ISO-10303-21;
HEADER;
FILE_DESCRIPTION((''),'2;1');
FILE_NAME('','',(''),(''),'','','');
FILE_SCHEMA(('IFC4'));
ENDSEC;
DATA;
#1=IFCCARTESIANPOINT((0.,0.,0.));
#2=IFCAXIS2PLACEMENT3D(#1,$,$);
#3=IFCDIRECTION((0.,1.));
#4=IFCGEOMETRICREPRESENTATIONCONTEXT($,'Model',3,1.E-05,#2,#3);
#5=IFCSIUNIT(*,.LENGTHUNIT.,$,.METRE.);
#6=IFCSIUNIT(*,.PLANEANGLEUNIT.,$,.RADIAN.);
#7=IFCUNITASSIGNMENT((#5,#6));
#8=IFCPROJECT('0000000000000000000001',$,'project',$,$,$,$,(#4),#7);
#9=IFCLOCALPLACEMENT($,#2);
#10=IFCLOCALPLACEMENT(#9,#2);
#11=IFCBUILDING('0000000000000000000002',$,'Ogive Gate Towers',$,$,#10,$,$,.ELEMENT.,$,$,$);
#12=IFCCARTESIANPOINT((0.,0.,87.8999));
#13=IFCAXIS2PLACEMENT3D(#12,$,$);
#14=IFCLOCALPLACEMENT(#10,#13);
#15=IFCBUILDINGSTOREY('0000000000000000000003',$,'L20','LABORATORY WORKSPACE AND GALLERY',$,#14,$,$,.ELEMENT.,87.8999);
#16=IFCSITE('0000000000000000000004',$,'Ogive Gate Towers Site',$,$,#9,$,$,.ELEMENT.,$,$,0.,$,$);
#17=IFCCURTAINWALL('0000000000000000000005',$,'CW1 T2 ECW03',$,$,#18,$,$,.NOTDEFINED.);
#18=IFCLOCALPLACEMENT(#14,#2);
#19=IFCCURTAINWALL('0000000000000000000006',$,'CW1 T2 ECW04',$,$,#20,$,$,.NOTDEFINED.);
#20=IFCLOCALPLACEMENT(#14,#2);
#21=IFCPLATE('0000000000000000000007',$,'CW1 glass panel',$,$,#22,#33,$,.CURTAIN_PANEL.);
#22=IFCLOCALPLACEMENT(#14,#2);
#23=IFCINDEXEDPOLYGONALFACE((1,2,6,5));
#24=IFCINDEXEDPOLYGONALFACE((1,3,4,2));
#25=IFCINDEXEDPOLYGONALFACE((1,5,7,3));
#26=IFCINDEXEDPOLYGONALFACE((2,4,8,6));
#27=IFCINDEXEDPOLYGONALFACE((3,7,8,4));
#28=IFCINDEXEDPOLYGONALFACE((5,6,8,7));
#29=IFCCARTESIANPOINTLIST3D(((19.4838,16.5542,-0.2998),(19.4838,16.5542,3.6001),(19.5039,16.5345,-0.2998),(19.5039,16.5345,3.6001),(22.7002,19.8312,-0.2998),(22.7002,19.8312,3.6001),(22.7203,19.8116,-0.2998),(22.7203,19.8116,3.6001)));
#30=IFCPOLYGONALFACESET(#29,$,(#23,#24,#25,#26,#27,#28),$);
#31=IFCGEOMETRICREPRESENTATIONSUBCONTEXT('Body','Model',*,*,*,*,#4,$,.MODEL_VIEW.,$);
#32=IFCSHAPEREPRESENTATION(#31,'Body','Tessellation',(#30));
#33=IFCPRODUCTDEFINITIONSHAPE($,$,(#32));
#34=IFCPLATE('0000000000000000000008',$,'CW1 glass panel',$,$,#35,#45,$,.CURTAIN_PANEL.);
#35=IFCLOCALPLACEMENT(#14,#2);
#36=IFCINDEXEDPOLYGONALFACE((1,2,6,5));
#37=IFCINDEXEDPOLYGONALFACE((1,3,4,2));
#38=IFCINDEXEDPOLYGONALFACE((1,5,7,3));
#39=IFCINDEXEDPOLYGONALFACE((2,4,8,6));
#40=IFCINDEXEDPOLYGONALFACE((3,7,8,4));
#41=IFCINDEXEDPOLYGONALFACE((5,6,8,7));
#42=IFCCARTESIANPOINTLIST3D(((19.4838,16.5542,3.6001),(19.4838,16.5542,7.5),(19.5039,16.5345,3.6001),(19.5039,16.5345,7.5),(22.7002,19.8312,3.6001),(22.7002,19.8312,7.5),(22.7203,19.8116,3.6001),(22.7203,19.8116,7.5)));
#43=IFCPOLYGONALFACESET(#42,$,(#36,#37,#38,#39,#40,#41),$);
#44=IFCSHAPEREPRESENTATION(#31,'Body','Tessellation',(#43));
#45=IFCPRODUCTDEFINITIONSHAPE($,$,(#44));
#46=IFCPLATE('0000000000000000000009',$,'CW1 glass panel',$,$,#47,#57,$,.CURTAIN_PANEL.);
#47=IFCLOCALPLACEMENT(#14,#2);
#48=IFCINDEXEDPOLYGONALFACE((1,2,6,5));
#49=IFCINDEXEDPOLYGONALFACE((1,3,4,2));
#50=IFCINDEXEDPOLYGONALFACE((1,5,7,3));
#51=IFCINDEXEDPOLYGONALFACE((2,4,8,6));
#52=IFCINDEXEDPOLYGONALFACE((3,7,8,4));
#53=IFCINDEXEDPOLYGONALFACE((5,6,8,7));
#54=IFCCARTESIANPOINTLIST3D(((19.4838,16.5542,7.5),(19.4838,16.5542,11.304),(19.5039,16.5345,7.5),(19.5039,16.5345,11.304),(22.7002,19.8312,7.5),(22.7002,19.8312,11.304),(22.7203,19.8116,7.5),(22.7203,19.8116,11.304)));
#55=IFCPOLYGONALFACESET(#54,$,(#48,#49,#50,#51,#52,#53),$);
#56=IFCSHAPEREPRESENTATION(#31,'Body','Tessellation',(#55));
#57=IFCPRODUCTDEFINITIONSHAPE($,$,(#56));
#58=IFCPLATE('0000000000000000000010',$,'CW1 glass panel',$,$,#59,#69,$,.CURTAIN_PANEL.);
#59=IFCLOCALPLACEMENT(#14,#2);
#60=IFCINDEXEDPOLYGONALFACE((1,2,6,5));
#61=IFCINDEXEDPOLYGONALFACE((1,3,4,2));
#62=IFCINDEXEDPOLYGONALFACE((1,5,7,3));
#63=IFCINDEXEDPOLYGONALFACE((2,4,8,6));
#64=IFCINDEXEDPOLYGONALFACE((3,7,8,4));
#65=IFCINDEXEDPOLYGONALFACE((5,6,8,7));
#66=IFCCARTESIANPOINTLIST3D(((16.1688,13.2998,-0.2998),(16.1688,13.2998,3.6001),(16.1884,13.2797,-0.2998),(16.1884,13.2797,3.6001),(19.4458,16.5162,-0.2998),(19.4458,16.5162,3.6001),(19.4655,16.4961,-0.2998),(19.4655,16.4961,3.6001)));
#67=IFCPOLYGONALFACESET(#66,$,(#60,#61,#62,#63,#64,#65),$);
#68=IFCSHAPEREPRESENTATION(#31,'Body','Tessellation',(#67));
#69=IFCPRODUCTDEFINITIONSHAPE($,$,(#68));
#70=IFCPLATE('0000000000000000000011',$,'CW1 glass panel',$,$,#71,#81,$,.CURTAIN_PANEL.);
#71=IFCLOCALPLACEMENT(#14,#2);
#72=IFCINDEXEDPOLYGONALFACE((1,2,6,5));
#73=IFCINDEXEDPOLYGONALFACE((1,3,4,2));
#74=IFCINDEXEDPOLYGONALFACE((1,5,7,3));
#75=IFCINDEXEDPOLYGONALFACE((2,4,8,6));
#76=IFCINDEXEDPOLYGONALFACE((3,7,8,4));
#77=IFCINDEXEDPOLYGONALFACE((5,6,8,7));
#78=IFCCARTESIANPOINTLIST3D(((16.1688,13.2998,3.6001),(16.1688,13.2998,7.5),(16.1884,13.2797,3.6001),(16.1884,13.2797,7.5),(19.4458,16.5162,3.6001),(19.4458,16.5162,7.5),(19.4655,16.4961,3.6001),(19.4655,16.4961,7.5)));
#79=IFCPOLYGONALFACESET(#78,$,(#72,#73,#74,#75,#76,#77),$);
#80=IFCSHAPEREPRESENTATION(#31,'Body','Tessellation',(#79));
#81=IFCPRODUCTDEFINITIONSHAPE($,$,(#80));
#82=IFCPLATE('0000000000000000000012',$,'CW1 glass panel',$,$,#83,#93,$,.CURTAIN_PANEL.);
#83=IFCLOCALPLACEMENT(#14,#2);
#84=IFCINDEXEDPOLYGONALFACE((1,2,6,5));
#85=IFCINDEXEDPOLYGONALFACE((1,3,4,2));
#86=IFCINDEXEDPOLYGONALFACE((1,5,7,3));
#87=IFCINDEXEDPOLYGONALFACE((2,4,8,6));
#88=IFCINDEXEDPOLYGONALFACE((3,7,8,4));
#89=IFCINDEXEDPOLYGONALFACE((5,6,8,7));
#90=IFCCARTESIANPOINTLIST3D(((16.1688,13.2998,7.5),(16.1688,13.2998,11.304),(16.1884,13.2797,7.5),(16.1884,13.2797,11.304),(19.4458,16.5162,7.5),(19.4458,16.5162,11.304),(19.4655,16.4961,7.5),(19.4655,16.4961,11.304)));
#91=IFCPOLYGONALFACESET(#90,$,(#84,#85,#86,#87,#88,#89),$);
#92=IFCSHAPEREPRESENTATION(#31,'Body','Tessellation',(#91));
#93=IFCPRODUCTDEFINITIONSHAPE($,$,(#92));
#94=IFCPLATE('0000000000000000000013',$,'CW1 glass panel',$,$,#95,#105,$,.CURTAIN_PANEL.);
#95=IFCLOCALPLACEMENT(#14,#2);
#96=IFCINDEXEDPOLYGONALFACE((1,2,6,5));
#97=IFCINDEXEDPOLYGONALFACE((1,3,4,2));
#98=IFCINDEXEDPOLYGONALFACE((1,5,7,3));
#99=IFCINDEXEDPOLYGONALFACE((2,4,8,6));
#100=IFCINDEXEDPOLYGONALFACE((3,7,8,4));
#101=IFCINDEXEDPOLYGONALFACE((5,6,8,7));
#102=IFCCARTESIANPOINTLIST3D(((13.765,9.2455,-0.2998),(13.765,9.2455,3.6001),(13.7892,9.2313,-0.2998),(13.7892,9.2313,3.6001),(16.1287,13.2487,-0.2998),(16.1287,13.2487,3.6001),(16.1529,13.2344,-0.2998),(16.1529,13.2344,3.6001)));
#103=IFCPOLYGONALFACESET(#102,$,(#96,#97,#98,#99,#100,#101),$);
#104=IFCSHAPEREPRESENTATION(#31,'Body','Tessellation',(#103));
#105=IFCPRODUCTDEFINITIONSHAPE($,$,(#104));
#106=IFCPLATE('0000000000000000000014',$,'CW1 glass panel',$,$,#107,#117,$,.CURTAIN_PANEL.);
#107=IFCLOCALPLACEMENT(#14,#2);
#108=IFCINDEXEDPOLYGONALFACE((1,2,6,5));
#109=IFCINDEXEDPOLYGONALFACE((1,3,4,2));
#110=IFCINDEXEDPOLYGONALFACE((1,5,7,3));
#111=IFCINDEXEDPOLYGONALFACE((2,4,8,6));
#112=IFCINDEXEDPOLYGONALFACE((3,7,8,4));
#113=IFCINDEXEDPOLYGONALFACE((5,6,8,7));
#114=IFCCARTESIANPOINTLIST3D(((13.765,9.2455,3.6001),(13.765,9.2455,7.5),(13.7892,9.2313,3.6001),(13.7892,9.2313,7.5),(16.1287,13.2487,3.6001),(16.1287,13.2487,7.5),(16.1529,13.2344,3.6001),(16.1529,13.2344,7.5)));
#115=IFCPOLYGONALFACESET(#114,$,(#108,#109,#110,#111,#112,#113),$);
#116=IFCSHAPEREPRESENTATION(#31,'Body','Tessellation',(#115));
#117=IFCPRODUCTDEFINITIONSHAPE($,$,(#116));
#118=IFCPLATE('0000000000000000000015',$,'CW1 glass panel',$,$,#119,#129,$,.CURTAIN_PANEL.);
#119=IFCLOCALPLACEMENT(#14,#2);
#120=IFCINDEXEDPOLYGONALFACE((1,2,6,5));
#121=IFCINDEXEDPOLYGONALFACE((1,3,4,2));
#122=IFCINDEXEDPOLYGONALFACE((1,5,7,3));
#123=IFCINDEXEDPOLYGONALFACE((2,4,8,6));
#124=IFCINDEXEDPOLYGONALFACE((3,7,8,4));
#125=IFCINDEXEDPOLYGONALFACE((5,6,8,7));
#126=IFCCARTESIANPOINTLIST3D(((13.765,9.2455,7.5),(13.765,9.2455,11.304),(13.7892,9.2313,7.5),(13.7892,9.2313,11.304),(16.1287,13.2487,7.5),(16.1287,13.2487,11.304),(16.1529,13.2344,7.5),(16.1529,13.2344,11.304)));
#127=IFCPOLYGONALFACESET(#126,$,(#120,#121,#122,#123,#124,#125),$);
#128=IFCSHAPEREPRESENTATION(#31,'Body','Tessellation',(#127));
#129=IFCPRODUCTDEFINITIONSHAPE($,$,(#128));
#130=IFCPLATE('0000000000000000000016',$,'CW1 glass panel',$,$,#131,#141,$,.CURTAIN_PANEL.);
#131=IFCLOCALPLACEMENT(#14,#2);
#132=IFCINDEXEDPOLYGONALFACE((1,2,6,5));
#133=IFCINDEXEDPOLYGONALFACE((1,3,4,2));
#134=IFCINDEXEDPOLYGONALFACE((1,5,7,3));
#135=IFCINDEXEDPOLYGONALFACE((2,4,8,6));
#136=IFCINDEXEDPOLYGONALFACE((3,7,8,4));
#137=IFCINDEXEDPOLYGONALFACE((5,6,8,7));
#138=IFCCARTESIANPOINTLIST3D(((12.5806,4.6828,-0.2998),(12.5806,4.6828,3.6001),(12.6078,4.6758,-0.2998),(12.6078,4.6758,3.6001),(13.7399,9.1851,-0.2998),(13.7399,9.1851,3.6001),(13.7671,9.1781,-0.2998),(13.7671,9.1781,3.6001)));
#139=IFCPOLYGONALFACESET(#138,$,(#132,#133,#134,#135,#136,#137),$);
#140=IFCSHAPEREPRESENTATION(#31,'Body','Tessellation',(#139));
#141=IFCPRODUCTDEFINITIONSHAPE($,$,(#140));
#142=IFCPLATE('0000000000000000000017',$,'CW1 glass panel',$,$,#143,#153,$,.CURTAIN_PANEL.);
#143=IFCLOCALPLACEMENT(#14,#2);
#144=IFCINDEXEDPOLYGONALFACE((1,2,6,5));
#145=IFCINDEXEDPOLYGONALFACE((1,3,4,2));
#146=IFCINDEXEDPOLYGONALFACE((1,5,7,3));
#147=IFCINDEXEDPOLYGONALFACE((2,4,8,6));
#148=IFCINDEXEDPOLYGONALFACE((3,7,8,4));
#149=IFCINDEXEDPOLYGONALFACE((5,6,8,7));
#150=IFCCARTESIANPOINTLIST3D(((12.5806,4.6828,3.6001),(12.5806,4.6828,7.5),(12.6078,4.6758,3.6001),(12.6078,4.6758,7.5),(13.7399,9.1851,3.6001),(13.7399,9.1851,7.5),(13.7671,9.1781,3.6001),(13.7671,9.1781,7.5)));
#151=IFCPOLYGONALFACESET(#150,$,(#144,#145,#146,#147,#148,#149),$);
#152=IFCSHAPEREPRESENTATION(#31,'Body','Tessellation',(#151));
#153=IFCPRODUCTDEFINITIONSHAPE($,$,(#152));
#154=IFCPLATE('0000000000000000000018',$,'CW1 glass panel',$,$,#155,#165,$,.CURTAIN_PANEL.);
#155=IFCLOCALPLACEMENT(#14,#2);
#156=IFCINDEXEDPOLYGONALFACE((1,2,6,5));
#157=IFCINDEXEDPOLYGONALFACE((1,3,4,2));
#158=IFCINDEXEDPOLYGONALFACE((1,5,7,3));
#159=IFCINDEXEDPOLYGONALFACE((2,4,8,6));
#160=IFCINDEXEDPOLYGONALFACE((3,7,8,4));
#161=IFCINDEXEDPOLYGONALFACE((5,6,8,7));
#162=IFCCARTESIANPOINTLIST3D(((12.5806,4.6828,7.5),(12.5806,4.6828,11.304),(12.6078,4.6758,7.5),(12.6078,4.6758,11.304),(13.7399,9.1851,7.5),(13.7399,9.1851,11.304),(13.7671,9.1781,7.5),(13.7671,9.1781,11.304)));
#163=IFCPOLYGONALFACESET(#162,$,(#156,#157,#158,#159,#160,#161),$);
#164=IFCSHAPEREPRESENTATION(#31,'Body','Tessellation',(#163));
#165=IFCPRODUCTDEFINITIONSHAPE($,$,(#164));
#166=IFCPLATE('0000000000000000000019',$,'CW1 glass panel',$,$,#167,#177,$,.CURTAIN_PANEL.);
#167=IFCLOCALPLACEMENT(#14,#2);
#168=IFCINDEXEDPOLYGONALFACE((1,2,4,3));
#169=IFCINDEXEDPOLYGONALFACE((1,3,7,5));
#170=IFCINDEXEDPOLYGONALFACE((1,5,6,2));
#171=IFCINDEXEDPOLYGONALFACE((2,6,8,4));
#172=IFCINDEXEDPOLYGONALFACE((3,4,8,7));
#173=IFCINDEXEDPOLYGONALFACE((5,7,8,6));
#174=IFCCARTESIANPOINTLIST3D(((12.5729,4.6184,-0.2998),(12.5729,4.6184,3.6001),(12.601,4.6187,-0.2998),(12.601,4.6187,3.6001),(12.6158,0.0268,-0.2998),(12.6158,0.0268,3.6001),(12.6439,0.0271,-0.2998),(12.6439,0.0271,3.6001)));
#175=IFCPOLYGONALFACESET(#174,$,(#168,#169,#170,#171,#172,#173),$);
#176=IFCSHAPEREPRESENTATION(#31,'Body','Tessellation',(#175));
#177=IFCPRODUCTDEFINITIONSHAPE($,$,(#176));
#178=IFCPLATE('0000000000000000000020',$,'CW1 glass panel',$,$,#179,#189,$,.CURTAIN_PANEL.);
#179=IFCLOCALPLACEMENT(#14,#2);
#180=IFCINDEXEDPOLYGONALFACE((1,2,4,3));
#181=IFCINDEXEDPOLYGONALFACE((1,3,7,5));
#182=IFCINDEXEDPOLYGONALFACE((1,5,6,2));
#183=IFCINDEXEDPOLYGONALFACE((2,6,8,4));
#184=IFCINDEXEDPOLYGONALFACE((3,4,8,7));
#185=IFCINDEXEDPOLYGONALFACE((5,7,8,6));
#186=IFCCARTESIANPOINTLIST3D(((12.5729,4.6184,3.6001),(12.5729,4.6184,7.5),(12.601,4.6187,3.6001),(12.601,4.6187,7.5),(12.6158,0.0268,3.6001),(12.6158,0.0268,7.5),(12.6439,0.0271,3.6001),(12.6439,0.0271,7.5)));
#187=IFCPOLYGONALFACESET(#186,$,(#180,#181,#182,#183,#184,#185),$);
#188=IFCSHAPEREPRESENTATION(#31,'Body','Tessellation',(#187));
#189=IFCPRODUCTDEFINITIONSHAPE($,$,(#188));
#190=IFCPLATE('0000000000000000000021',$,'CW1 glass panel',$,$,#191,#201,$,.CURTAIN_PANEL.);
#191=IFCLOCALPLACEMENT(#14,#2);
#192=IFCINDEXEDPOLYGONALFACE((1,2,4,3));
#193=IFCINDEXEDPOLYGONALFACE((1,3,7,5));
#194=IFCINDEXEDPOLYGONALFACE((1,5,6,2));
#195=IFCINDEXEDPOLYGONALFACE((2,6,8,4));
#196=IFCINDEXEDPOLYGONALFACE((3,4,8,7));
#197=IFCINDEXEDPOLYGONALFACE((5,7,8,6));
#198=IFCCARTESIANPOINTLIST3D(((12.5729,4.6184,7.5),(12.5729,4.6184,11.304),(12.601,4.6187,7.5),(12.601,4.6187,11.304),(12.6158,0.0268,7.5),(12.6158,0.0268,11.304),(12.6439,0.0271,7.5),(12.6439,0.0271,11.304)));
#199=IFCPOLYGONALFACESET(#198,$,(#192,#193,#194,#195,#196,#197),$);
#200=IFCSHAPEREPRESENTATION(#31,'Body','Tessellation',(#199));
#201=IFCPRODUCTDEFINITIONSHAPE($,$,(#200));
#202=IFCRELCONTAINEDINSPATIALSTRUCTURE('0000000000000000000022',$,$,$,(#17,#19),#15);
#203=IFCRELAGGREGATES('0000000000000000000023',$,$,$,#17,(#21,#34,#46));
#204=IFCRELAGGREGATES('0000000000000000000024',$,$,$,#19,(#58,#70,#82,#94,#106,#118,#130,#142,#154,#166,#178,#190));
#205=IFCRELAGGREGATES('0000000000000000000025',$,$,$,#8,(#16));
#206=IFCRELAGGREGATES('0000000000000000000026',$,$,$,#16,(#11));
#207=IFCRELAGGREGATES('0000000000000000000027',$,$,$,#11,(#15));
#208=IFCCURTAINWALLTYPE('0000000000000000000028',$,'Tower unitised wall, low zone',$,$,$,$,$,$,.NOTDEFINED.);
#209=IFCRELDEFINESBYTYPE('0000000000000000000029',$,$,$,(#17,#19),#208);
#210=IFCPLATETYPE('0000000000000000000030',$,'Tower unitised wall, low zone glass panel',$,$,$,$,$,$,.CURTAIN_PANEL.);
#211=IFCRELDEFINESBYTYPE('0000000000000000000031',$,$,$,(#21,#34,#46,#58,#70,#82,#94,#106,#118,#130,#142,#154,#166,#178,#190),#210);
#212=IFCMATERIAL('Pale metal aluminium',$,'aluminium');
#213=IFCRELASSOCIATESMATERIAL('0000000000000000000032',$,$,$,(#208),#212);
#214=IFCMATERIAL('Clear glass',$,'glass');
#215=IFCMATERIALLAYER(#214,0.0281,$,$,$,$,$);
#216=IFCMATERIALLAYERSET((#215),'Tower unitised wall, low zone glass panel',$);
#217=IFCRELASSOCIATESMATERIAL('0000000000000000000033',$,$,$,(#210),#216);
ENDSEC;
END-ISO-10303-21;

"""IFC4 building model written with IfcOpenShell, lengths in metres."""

from ifc_helpers import new_model, si_unit, direction, frame, origin, origin_2d, place, context, subcontext, project, spatial, rectangle, extrude, material, layer, layer_set, type_object, element, aggregate, save


model = new_model("IFC4")

# Units and contexts
model_context = context("Model", 3, precision=1e-05, world=origin(), true_north=direction((0.0, 1.0)))
body_context = subcontext(model_context, "Body", "Model", "MODEL_VIEW")
ifc_project = project(units=[si_unit("LENGTHUNIT", "METRE"), si_unit("PLANEANGLEUNIT", "RADIAN")], contexts=[model_context])

# Site, building, storey
site_placement = place(None, origin())
site = spatial("IfcSite", under=ifc_project, at=site_placement, Name="Ogive Gate Towers Site", CompositionType="ELEMENT", RefElevation=0.0)
building_placement = place(site_placement, origin())
building = spatial("IfcBuilding", under=site, at=building_placement, Name="Ogive Gate Towers", CompositionType="ELEMENT")
storey_placement = place(building_placement, frame((0.0, 0.0, 87.8999)))
storey = spatial("IfcBuildingStorey", under=building, at=storey_placement, Name="L20", Description="LABORATORY WORKSPACE AND GALLERY", CompositionType="ELEMENT", Elevation=87.8999)

# Curtain wall
ifc_material_1 = material(Name="Pale metal aluminium", Category="aluminium")
curtain_wall_type = type_object("IfcCurtainWallType", Name="Tower unitised wall, low zone", PredefinedType="NOTDEFINED", material=ifc_material_1)
curtain_wall_1_placement = place(storey_placement, origin())
curtain_wall_1 = element("IfcCurtainWall", 1, at=curtain_wall_1_placement, inside=storey, type_object=curtain_wall_type, Name="CW1 T2 ECW03", PredefinedType="NOTDEFINED")

# Curtain wall
curtain_wall_2_placement = place(storey_placement, origin())
curtain_wall_2 = element("IfcCurtainWall", 2, at=curtain_wall_2_placement, inside=storey, type_object=curtain_wall_type, Name="CW1 T2 ECW04", PredefinedType="NOTDEFINED")

# Plates
ifc_material_2 = material(Name="Clear glass", Category="glass")
ifc_layer_1 = layer(ifc_material_2, 0.0281)
ifc_layer_set_1 = layer_set([ifc_layer_1], Name="Tower unitised wall, low zone glass panel")
plate_type = type_object("IfcPlateType", Name="Tower unitised wall, low zone glass panel", PredefinedType="CURTAIN_PANEL", material=ifc_layer_set_1)
plate_1_placement = place(storey_placement, frame((21.1021, 18.1829, -0.2998), z_axis=(0.0, 0.0, 1.0), x_axis=(-0.700473, -0.713678, 0.0)))
plate_1 = element("IfcPlate", 3, at=plate_1_placement, type_object=plate_type, Name="CW1 glass panel", PredefinedType="CURTAIN_PANEL", context=body_context, shape_type="SweptSolid", body=[
    extrude(rectangle(XDim=4.5918, YDim=0.0281, at=origin_2d()), origin(), (0.0, 0.0, 1.0), 3.8999),
])
plate_2_placement = place(storey_placement, frame((21.1021, 18.1829, 3.6001), z_axis=(0.0, 0.0, 1.0), x_axis=(-0.700473, -0.713678, 0.0)))
plate_2 = element("IfcPlate", 4, at=plate_2_placement, type_object=plate_type, Name="CW1 glass panel", PredefinedType="CURTAIN_PANEL", context=body_context, shape_type="SweptSolid", body=[
    extrude(rectangle(XDim=4.5918, YDim=0.0281, at=origin_2d()), origin(), (0.0, 0.0, 1.0), 3.8999),
])
plate_3_placement = place(storey_placement, frame((21.1021, 18.1829, 7.5), z_axis=(0.0, 0.0, 1.0), x_axis=(-0.700473, -0.713678, 0.0)))
plate_3 = element("IfcPlate", 5, at=plate_3_placement, type_object=plate_type, Name="CW1 glass panel", PredefinedType="CURTAIN_PANEL", context=body_context, shape_type="SweptSolid", body=[
    extrude(rectangle(XDim=4.5918, YDim=0.0281, at=origin_2d()), origin(), (0.0, 0.0, 1.0), 3.804),
])
aggregate(curtain_wall_1, [plate_1, plate_2, plate_3])
plate_4_placement = place(storey_placement, frame((17.8171, 14.8979, -0.2998), z_axis=(0.0, 0.0, 1.0), x_axis=(-0.713678, -0.700473, 0.0)))
plate_4 = element("IfcPlate", 6, at=plate_4_placement, type_object=plate_type, Name="CW1 glass panel", PredefinedType="CURTAIN_PANEL", context=body_context, shape_type="SweptSolid", body=[
    extrude(rectangle(XDim=4.5918, YDim=0.0281, at=origin_2d()), origin(), (0.0, 0.0, 1.0), 3.8999),
])
plate_5_placement = place(storey_placement, frame((17.8171, 14.8979, 3.6001), z_axis=(0.0, 0.0, 1.0), x_axis=(-0.713678, -0.700473, 0.0)))
plate_5 = element("IfcPlate", 7, at=plate_5_placement, type_object=plate_type, Name="CW1 glass panel", PredefinedType="CURTAIN_PANEL", context=body_context, shape_type="SweptSolid", body=[
    extrude(rectangle(XDim=4.5918, YDim=0.0281, at=origin_2d()), origin(), (0.0, 0.0, 1.0), 3.8999),
])
plate_6_placement = place(storey_placement, frame((17.8171, 14.8979, 7.5), z_axis=(0.0, 0.0, 1.0), x_axis=(-0.713678, -0.700473, 0.0)))
plate_6 = element("IfcPlate", 8, at=plate_6_placement, type_object=plate_type, Name="CW1 glass panel", PredefinedType="CURTAIN_PANEL", context=body_context, shape_type="SweptSolid", body=[
    extrude(rectangle(XDim=4.5918, YDim=0.0281, at=origin_2d()), origin(), (0.0, 0.0, 1.0), 3.804),
])
plate_7_placement = place(storey_placement, frame((14.959, 11.24, -0.2998), z_axis=(0.0, 0.0, 1.0), x_axis=(-0.50844, -0.861097, 0.0)))
plate_7 = element("IfcPlate", 9, at=plate_7_placement, type_object=plate_type, Name="CW1 glass panel", PredefinedType="CURTAIN_PANEL", context=body_context, shape_type="SweptSolid", body=[
    extrude(rectangle(XDim=4.6489, YDim=0.0281, at=origin_2d()), origin(), (0.0, 0.0, 1.0), 3.8999),
])
plate_8_placement = place(storey_placement, frame((14.959, 11.24, 3.6001), z_axis=(0.0, 0.0, 1.0), x_axis=(-0.50844, -0.861097, 0.0)))
plate_8 = element("IfcPlate", 10, at=plate_8_placement, type_object=plate_type, Name="CW1 glass panel", PredefinedType="CURTAIN_PANEL", context=body_context, shape_type="SweptSolid", body=[
    extrude(rectangle(XDim=4.6489, YDim=0.0281, at=origin_2d()), origin(), (0.0, 0.0, 1.0), 3.8999),
])
plate_9_placement = place(storey_placement, frame((14.959, 11.24, 7.5), z_axis=(0.0, 0.0, 1.0), x_axis=(-0.50844, -0.861097, 0.0)))
plate_9 = element("IfcPlate", 11, at=plate_9_placement, type_object=plate_type, Name="CW1 glass panel", PredefinedType="CURTAIN_PANEL", context=body_context, shape_type="SweptSolid", body=[
    extrude(rectangle(XDim=4.6489, YDim=0.0281, at=origin_2d()), origin(), (0.0, 0.0, 1.0), 3.804),
])
plate_10_placement = place(storey_placement, frame((13.1738, 6.9304, -0.2998), z_axis=(0.0, 0.0, 1.0), x_axis=(-0.249349, -0.968414, 0.0)))
plate_10 = element("IfcPlate", 12, at=plate_10_placement, type_object=plate_type, Name="CW1 glass panel", PredefinedType="CURTAIN_PANEL", context=body_context, shape_type="SweptSolid", body=[
    extrude(rectangle(XDim=4.6492, YDim=0.0281, at=origin_2d()), origin(), (0.0, 0.0, 1.0), 3.8999),
])
plate_11_placement = place(storey_placement, frame((13.1738, 6.9304, 3.6001), z_axis=(0.0, 0.0, 1.0), x_axis=(-0.249349, -0.968414, 0.0)))
plate_11 = element("IfcPlate", 13, at=plate_11_placement, type_object=plate_type, Name="CW1 glass panel", PredefinedType="CURTAIN_PANEL", context=body_context, shape_type="SweptSolid", body=[
    extrude(rectangle(XDim=4.6492, YDim=0.0281, at=origin_2d()), origin(), (0.0, 0.0, 1.0), 3.8999),
])
plate_12_placement = place(storey_placement, frame((13.1738, 6.9304, 7.5), z_axis=(0.0, 0.0, 1.0), x_axis=(-0.249349, -0.968414, 0.0)))
plate_12 = element("IfcPlate", 14, at=plate_12_placement, type_object=plate_type, Name="CW1 glass panel", PredefinedType="CURTAIN_PANEL", context=body_context, shape_type="SweptSolid", body=[
    extrude(rectangle(XDim=4.6492, YDim=0.0281, at=origin_2d()), origin(), (0.0, 0.0, 1.0), 3.804),
])
plate_13_placement = place(storey_placement, frame((12.6084, 2.3228, -0.2998), z_axis=(0.0, 0.0, 1.0), x_axis=(0.009337, -0.999956, 0.0)))
plate_13 = element("IfcPlate", 15, at=plate_13_placement, type_object=plate_type, Name="CW1 glass panel", PredefinedType="CURTAIN_PANEL", context=body_context, shape_type="SweptSolid", body=[
    extrude(rectangle(XDim=4.5918, YDim=0.0281, at=origin_2d()), origin(), (0.0, 0.0, 1.0), 3.8999),
])
plate_14_placement = place(storey_placement, frame((12.6084, 2.3228, 3.6001), z_axis=(0.0, 0.0, 1.0), x_axis=(0.009337, -0.999956, 0.0)))
plate_14 = element("IfcPlate", 16, at=plate_14_placement, type_object=plate_type, Name="CW1 glass panel", PredefinedType="CURTAIN_PANEL", context=body_context, shape_type="SweptSolid", body=[
    extrude(rectangle(XDim=4.5918, YDim=0.0281, at=origin_2d()), origin(), (0.0, 0.0, 1.0), 3.8999),
])
plate_15_placement = place(storey_placement, frame((12.6084, 2.3228, 7.5), z_axis=(0.0, 0.0, 1.0), x_axis=(0.009337, -0.999956, 0.0)))
plate_15 = element("IfcPlate", 17, at=plate_15_placement, type_object=plate_type, Name="CW1 glass panel", PredefinedType="CURTAIN_PANEL", context=body_context, shape_type="SweptSolid", body=[
    extrude(rectangle(XDim=4.5918, YDim=0.0281, at=origin_2d()), origin(), (0.0, 0.0, 1.0), 3.804),
])
aggregate(curtain_wall_2, [plate_4, plate_5, plate_6, plate_7, plate_8, plate_9, plate_10, plate_11, plate_12, plate_13, plate_14, plate_15])

save(model, "model.ifc")
